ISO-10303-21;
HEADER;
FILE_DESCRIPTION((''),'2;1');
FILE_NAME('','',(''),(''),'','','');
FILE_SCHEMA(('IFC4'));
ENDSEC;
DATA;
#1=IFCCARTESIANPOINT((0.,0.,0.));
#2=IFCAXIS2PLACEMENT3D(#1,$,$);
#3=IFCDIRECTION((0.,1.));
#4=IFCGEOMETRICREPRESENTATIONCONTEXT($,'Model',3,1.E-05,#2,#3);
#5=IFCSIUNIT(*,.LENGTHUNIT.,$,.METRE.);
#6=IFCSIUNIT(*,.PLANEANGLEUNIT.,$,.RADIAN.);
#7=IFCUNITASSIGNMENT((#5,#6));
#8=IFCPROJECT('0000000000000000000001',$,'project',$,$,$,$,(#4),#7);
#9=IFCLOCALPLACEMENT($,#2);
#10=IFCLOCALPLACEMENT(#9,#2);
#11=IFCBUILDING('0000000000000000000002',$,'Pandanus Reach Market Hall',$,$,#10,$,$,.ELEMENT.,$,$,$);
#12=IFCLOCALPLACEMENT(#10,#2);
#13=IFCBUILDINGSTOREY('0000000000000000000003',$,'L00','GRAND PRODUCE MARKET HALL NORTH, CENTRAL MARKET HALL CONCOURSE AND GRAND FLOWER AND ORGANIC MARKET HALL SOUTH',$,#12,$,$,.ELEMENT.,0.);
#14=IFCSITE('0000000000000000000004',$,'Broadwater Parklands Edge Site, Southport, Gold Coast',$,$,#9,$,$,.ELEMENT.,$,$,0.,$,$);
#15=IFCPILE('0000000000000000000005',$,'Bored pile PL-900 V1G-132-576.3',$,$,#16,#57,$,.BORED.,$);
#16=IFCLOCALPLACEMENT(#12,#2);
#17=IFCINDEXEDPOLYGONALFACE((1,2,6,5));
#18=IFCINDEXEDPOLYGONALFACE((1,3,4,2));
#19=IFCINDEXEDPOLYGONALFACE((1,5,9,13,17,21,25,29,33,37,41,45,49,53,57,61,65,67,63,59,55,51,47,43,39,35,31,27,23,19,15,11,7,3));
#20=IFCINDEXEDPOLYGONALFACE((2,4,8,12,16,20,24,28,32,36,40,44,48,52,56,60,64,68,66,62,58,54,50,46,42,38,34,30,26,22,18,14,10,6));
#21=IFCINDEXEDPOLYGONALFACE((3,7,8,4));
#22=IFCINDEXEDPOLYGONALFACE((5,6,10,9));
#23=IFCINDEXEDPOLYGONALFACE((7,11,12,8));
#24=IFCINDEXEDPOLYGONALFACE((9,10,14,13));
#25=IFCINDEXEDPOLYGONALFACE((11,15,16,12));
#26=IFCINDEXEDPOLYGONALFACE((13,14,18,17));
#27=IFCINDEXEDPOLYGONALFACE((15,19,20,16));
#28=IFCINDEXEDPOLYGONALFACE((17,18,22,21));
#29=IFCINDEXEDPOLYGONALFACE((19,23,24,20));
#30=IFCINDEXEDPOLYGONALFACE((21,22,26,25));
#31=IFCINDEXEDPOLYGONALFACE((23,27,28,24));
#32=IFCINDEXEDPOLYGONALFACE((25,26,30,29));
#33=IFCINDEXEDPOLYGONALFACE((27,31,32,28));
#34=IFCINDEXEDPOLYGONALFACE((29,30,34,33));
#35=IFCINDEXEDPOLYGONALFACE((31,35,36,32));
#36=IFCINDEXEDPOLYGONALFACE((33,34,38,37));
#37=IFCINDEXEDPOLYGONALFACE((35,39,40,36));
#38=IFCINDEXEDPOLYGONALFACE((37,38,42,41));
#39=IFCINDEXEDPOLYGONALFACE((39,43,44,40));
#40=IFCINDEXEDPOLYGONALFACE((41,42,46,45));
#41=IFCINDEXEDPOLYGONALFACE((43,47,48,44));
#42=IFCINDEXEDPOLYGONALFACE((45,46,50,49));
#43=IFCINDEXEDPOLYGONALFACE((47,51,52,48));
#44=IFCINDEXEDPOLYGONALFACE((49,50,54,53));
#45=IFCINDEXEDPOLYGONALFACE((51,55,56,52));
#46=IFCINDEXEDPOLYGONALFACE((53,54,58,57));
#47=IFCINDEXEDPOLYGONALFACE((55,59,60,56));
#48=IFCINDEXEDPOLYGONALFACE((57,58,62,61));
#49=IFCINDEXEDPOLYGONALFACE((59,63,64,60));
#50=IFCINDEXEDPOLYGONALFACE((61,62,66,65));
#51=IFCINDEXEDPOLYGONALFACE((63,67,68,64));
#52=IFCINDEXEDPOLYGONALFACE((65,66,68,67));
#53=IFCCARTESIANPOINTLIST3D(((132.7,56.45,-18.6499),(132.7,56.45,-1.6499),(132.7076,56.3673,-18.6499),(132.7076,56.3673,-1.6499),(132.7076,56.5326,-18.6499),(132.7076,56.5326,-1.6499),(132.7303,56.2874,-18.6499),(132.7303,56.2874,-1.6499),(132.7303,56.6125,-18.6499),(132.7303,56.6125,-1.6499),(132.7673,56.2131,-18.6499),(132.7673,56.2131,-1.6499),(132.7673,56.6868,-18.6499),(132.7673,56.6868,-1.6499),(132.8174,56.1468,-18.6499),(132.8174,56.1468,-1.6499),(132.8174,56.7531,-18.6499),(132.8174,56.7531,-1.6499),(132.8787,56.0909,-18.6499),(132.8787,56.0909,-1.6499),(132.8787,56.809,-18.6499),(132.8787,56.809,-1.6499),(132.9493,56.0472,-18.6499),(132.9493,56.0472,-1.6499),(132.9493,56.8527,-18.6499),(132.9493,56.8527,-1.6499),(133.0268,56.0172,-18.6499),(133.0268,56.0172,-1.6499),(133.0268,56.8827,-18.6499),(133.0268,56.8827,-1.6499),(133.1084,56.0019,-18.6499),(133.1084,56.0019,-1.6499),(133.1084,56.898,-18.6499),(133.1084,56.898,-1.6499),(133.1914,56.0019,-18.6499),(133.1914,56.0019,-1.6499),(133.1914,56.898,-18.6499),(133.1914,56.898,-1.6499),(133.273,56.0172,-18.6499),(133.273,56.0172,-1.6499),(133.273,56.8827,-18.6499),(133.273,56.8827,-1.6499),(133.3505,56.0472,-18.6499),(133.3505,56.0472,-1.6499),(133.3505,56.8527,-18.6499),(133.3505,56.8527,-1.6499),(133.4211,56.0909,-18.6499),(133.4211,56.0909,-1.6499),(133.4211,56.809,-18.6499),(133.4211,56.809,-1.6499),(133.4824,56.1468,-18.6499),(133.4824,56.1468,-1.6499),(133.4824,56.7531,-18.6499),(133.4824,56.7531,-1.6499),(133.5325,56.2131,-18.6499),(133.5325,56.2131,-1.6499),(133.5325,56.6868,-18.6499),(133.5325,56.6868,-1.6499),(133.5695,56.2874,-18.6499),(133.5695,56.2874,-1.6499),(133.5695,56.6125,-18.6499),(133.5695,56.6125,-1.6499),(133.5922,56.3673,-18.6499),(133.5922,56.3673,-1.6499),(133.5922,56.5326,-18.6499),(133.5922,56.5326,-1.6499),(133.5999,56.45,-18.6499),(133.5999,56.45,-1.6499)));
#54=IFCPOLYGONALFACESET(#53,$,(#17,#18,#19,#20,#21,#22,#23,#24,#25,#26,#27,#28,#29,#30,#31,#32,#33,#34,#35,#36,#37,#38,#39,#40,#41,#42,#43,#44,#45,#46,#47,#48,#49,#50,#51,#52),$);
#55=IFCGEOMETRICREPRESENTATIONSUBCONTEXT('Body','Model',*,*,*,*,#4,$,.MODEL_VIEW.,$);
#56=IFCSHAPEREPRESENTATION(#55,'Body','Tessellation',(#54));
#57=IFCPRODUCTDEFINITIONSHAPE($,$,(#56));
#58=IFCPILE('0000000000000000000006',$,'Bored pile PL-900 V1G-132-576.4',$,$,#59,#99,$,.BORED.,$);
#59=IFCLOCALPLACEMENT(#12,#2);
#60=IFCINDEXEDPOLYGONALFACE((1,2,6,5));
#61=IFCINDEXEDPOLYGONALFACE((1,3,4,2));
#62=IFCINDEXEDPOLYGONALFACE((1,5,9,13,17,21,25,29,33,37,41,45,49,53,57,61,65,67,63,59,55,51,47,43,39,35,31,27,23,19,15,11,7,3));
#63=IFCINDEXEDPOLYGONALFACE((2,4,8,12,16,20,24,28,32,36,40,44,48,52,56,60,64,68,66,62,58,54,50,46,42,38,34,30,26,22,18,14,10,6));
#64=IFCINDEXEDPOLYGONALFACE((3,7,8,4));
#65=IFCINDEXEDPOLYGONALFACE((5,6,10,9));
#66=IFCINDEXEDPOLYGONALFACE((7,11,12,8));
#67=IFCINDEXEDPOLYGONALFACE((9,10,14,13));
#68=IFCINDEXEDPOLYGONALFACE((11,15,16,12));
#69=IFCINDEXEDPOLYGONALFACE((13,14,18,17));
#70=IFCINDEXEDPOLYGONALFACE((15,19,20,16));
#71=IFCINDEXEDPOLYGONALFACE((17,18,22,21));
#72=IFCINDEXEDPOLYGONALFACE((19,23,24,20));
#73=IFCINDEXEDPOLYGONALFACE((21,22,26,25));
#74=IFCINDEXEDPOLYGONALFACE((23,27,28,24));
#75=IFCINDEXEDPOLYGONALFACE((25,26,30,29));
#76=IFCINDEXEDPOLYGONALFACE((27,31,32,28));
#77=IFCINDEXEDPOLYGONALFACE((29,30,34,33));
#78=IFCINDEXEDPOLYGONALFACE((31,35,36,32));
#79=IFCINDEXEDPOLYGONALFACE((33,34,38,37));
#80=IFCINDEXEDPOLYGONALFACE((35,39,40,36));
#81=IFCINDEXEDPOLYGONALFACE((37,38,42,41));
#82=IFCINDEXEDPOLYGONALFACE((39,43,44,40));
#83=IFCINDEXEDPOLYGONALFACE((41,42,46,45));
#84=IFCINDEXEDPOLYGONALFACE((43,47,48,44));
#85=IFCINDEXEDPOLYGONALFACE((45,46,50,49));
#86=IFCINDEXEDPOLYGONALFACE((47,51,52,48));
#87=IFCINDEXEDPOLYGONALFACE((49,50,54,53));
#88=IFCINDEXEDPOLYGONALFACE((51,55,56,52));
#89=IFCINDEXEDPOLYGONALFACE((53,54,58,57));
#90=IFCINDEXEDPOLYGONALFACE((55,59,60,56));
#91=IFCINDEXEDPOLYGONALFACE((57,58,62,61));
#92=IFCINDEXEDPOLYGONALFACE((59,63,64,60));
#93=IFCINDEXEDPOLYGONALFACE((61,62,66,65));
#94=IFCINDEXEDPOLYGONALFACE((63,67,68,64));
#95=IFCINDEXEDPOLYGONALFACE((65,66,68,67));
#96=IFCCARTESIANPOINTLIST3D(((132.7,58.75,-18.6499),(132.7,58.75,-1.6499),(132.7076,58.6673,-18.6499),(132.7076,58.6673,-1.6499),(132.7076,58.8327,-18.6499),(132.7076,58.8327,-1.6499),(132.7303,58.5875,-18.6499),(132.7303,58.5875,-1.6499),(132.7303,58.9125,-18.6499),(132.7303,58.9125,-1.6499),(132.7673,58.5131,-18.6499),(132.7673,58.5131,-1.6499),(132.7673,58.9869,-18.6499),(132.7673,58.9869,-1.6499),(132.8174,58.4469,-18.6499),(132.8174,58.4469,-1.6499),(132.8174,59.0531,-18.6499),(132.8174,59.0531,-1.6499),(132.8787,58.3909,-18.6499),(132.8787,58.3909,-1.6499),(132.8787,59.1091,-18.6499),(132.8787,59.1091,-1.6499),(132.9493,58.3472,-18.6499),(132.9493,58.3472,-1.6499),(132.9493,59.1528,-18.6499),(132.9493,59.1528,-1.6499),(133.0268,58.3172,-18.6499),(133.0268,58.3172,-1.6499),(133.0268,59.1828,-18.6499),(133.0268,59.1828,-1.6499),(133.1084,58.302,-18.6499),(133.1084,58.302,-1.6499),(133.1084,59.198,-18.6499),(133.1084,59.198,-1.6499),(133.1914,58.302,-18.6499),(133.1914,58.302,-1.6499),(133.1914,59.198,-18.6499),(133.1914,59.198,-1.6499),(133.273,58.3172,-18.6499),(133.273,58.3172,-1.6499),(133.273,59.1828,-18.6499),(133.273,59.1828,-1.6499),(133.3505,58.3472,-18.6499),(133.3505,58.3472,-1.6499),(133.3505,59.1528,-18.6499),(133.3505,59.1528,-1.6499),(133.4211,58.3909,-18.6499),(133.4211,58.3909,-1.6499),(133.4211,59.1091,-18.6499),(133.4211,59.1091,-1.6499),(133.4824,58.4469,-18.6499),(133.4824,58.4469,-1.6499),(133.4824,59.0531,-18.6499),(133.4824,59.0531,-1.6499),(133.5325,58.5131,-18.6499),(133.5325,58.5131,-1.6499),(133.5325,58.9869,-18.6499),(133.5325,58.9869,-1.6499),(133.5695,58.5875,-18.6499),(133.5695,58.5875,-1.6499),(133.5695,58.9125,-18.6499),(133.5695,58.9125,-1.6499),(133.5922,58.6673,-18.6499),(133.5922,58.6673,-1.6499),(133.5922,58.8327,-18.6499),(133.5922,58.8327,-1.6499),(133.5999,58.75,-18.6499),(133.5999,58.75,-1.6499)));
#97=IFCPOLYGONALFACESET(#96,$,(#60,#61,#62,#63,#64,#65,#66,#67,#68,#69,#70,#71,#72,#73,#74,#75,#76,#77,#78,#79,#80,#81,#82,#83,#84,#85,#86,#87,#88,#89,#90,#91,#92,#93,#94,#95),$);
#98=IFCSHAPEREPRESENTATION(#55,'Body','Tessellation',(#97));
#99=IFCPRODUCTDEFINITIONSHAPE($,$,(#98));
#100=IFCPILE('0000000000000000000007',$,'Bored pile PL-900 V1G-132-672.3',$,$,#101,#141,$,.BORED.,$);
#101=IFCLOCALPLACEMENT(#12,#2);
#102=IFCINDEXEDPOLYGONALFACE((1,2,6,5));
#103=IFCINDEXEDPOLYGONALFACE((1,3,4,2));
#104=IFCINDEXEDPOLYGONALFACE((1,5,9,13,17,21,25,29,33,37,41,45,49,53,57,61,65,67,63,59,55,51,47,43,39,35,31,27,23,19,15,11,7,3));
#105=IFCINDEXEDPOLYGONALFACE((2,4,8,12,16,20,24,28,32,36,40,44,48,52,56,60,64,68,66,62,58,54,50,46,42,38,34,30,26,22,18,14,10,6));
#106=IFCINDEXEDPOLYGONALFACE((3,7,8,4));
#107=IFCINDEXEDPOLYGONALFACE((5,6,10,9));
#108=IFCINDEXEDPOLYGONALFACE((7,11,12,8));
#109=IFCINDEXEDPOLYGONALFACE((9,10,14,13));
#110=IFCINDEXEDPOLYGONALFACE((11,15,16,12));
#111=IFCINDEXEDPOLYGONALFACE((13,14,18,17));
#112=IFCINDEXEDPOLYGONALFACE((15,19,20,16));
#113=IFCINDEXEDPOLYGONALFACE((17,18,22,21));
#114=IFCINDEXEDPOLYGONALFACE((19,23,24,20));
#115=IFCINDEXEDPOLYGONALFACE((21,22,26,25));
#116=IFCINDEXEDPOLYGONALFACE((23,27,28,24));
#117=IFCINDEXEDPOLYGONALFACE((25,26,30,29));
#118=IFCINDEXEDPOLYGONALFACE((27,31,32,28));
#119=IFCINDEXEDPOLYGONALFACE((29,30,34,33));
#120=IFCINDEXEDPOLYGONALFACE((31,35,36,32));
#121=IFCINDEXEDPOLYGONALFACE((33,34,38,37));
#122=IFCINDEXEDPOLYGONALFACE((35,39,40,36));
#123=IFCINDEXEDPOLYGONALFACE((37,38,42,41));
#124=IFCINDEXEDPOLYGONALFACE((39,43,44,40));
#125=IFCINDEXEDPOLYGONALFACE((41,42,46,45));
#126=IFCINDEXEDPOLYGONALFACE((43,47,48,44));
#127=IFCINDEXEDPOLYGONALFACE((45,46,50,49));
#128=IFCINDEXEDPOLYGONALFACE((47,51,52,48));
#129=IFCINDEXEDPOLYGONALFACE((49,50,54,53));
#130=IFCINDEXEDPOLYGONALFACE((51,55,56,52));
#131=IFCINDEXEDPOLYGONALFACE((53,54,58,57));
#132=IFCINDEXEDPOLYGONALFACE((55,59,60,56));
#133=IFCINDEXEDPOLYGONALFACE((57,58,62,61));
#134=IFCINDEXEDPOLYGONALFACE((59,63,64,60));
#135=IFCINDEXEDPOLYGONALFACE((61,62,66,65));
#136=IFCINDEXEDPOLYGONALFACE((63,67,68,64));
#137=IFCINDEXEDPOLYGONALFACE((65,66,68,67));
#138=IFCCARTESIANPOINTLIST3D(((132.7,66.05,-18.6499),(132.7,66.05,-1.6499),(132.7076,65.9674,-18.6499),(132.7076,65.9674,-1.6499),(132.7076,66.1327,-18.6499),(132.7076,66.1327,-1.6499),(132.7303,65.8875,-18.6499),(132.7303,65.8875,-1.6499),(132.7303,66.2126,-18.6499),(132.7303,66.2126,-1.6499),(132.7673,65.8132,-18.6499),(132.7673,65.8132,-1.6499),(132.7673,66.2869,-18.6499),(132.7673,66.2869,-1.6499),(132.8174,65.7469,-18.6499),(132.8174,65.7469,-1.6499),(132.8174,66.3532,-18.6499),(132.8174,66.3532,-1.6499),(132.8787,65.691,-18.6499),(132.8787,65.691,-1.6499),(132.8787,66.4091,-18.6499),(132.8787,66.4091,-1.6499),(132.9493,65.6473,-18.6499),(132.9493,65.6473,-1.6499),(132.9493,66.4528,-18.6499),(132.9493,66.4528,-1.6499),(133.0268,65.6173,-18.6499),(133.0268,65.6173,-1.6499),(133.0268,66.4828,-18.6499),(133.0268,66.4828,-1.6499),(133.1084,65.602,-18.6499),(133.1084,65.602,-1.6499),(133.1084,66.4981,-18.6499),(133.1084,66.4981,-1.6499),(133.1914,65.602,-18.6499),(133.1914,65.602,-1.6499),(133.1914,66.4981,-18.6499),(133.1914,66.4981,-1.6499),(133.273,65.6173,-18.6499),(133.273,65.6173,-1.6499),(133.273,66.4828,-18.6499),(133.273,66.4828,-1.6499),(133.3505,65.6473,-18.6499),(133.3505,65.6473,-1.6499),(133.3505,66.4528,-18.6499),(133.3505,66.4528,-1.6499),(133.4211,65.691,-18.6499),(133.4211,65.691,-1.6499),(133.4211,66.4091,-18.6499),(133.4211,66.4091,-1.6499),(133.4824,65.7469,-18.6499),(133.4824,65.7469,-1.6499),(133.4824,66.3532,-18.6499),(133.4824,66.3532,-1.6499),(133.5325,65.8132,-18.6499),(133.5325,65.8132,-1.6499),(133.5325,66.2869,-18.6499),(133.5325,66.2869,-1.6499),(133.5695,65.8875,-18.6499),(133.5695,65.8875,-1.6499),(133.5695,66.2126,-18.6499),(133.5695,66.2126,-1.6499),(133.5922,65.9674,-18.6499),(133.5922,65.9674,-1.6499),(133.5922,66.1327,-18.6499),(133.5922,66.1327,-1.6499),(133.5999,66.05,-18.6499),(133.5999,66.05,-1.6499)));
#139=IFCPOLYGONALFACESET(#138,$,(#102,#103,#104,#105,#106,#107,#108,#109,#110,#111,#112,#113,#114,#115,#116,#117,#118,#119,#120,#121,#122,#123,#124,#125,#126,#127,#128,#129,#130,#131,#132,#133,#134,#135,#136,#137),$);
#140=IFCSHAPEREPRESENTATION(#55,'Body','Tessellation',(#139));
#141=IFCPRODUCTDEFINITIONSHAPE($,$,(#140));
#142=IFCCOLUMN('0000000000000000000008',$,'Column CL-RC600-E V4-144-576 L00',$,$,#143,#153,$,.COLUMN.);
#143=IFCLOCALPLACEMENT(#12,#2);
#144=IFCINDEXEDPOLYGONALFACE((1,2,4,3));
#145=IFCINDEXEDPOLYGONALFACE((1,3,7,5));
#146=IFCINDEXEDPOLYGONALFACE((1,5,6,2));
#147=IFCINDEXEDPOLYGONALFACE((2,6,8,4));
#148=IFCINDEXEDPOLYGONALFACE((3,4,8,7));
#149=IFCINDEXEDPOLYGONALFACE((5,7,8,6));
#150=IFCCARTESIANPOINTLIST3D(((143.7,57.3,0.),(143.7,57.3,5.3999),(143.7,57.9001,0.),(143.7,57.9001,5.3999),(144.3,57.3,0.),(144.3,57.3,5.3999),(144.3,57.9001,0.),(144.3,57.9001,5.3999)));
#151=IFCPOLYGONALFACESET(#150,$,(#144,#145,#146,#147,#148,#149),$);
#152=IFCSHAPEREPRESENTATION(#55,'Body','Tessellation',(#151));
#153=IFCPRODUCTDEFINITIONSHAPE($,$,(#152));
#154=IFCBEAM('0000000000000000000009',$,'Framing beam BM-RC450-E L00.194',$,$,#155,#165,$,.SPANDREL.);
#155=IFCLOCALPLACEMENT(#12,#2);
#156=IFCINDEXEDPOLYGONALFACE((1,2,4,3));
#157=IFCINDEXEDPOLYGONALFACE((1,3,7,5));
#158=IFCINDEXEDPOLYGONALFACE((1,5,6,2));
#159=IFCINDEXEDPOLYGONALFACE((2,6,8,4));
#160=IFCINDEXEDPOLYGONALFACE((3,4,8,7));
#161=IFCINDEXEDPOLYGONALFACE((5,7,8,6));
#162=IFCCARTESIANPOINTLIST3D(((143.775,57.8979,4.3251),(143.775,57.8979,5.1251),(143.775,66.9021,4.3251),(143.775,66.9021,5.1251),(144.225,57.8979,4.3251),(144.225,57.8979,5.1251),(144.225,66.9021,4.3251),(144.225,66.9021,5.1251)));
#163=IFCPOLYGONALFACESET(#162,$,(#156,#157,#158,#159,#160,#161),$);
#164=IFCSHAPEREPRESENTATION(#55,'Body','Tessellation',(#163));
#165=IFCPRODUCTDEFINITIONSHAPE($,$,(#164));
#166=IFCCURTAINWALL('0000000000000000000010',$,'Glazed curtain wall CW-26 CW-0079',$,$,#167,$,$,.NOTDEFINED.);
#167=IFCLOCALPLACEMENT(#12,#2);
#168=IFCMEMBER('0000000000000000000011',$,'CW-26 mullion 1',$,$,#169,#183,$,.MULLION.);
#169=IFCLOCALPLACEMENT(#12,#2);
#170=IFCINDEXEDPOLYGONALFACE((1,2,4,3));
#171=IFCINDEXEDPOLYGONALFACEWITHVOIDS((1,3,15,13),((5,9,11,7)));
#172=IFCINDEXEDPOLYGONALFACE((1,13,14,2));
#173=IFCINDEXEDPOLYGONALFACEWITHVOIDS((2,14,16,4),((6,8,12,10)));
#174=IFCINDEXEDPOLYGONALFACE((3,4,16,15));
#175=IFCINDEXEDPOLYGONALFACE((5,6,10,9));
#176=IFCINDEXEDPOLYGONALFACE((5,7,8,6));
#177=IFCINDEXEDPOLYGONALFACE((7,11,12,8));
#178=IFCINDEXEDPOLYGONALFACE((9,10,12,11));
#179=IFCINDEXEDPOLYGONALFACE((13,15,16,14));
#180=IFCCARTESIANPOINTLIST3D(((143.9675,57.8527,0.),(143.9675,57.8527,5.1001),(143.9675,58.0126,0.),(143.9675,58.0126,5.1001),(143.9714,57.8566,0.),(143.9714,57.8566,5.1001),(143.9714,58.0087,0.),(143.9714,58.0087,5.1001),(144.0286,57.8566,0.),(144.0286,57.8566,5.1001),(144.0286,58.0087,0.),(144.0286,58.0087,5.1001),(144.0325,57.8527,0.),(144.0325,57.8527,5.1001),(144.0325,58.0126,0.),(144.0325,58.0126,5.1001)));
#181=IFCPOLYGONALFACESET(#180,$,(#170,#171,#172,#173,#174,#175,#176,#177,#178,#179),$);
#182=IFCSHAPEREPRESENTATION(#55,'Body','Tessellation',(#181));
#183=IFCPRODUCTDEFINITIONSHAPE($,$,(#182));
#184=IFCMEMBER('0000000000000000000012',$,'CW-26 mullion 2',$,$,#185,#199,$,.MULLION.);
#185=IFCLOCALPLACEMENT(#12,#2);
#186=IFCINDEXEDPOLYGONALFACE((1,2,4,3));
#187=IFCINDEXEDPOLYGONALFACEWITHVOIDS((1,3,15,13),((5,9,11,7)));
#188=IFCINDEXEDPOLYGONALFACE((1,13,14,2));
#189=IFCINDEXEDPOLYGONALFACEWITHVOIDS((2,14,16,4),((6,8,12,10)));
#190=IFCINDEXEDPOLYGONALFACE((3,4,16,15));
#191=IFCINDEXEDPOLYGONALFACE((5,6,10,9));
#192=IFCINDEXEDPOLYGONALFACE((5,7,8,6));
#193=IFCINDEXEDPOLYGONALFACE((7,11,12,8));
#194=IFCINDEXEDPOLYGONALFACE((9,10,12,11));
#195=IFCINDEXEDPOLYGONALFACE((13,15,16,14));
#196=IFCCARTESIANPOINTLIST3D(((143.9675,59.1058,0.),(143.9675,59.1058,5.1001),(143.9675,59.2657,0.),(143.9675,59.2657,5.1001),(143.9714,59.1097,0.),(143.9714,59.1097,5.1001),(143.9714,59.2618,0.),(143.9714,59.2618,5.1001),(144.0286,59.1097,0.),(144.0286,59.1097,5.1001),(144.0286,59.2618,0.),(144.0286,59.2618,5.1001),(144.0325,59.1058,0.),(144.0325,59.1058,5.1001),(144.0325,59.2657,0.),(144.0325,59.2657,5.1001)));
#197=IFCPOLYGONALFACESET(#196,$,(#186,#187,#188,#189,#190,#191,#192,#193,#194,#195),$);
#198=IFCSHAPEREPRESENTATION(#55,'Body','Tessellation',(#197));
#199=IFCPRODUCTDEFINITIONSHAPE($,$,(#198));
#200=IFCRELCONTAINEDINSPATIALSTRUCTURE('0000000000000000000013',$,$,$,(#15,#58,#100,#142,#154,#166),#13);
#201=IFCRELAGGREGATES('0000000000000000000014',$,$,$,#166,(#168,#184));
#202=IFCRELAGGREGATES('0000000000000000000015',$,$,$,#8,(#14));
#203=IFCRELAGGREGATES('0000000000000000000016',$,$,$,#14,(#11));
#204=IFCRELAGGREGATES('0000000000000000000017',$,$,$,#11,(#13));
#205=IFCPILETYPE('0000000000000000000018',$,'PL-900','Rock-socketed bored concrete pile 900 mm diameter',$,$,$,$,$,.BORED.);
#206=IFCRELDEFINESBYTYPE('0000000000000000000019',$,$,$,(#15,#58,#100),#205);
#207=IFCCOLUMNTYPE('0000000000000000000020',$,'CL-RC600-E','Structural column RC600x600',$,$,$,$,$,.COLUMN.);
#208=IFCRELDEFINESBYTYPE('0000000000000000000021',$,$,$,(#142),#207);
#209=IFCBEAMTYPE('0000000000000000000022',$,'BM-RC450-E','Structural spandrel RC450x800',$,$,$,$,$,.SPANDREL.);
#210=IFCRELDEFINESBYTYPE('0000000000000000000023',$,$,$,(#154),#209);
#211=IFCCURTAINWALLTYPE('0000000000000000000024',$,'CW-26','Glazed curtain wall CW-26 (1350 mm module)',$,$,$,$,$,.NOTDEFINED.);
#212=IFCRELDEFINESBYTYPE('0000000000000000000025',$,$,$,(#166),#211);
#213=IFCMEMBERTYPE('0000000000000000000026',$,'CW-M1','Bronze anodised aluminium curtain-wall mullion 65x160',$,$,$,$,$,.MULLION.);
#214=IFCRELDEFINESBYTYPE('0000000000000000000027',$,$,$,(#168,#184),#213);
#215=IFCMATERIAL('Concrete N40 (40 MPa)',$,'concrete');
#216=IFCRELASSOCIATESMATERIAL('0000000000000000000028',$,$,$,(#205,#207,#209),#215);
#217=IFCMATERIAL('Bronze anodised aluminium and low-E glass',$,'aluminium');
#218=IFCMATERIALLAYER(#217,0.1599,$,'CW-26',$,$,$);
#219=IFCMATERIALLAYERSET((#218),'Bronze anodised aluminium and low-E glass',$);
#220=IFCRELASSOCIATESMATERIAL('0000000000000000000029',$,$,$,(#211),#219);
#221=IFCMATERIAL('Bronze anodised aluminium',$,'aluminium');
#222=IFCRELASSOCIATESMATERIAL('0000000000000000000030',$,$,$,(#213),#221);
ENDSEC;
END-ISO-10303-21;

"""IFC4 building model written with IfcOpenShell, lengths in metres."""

from ifc_helpers import new_model, si_unit, direction, frame, origin, origin_2d, place, context, subcontext, project, spatial, rectangle, hollow_rectangle, circle, extrude, material, layer, layer_set, material_profile, profile_set, type_object, element, aggregate, save


model = new_model("IFC4")

# Units and contexts
model_context = context("Model", 3, precision=1e-05, world=origin(), true_north=direction((0.0, 1.0)))
body_context = subcontext(model_context, "Body", "Model", "MODEL_VIEW")
ifc_project = project(units=[si_unit("LENGTHUNIT", "METRE"), si_unit("PLANEANGLEUNIT", "RADIAN")], contexts=[model_context])

# Site, building, storey
site_placement = place(None, origin())
site = spatial("IfcSite", under=ifc_project, at=site_placement, Name="Broadwater Parklands Edge Site, Southport, Gold Coast", CompositionType="ELEMENT", RefElevation=0.0)
building_placement = place(site_placement, origin())
building = spatial("IfcBuilding", under=site, at=building_placement, Name="Pandanus Reach Market Hall", CompositionType="ELEMENT")
storey_placement = place(building_placement, origin())
storey = spatial("IfcBuildingStorey", under=building, at=storey_placement, Name="L00", Description="GRAND PRODUCE MARKET HALL NORTH, CENTRAL MARKET HALL CONCOURSE AND GRAND FLOWER AND ORGANIC MARKET HALL SOUTH", CompositionType="ELEMENT", Elevation=0.0)

# Piles
ifc_material_1 = material(Name="Concrete N40 (40 MPa)", Category="concrete")
ifc_material_profile_1 = material_profile(ifc_material_1, circle(Radius=0.45, at=origin_2d()), Name="PILE-900D", Category="LoadBearing")
ifc_profile_set_1 = profile_set([ifc_material_profile_1], Name="Concrete N40 (40 MPa)")
pile_type = type_object("IfcPileType", Name="PL-900", Description="Rock-socketed bored concrete pile 900 mm diameter", PredefinedType="BORED", material=ifc_profile_set_1)
for number, where, z_axis, x_axis, name in (
    (1, (133.1499, 56.45, -1.6499), (0.0, 0.0, -1.0), (1.0, 0.0, 0.0), "Bored pile PL-900 V1G-132-576.3"),
    (2, (133.1499, 58.75, -1.6499), (0.0, 0.0, -1.0), (1.0, 0.0, 0.0), "Bored pile PL-900 V1G-132-576.4"),
    (3, (133.1499, 66.05, -1.6499), (0.0, 0.0, -1.0), (1.0, 0.0, 0.0), "Bored pile PL-900 V1G-132-672.3"),
):
    element("IfcPile", number, at=place(storey_placement, frame(where, z_axis=z_axis, x_axis=x_axis)), inside=storey, type_object=pile_type, Name=name, PredefinedType="BORED", context=body_context, shape_type="SweptSolid", body=[
        extrude(circle(Radius=0.45, at=origin_2d()), origin(), (0.0, 0.0, 1.0), 17.0),
    ])

# Column
ifc_material_profile_2 = material_profile(ifc_material_1, rectangle(XDim=0.6001, YDim=0.6001, at=origin_2d()), Name="RC600x600", Category="LoadBearing")
ifc_profile_set_2 = profile_set([ifc_material_profile_2], Name="Concrete N40 (40 MPa)")
column_type = type_object("IfcColumnType", Name="CL-RC600-E", Description="Structural column RC600x600", PredefinedType="COLUMN", material=ifc_profile_set_2)
column_placement = place(storey_placement, frame((144.0, 57.6001, 0.0), z_axis=(0.0, 0.0, 1.0), x_axis=(1.0, 0.0, 0.0)))
element("IfcColumn", 4, at=column_placement, inside=storey, type_object=column_type, Name="Column CL-RC600-E V4-144-576 L00", PredefinedType="COLUMN", context=body_context, shape_type="SweptSolid", body=[
    extrude(rectangle(XDim=0.6001, YDim=0.6001, at=origin_2d()), origin(), (0.0, 0.0, 1.0), 5.3999),
])

# Beam
ifc_material_profile_3 = material_profile(ifc_material_1, rectangle(XDim=0.45, YDim=0.8, at=origin_2d()), Name="RC450x800", Category="LoadBearing")
ifc_profile_set_3 = profile_set([ifc_material_profile_3], Name="Concrete N40 (40 MPa)")
beam_type = type_object("IfcBeamType", Name="BM-RC450-E", Description="Structural spandrel RC450x800", PredefinedType="SPANDREL", material=ifc_profile_set_3)
beam_placement = place(storey_placement, frame((144.0, 57.8979, 4.7251), z_axis=(0.0, 1.0, 0.0), x_axis=(-1.0, 0.0, 0.0)))
element("IfcBeam", 5, at=beam_placement, inside=storey, type_object=beam_type, Name="Framing beam BM-RC450-E L00.194", PredefinedType="SPANDREL", context=body_context, shape_type="SweptSolid", body=[
    extrude(rectangle(XDim=0.45, YDim=0.8, at=origin_2d()), origin(), (0.0, 0.0, 1.0), 9.0042),
])

# Curtain wall, members
ifc_material_2 = material(Name="Bronze anodised aluminium and low-E glass", Category="aluminium")
ifc_layer_1 = layer(ifc_material_2, 0.1599, Name="CW-26")
ifc_layer_set_1 = layer_set([ifc_layer_1], Name="Bronze anodised aluminium and low-E glass")
curtain_wall_type = type_object("IfcCurtainWallType", Name="CW-26", Description="Glazed curtain wall CW-26 (1350 mm module)", PredefinedType="NOTDEFINED", material=ifc_layer_set_1)
curtain_wall_placement = place(storey_placement, origin())
curtain_wall = element("IfcCurtainWall", 6, at=curtain_wall_placement, inside=storey, type_object=curtain_wall_type, Name="Glazed curtain wall CW-26 CW-0079", PredefinedType="NOTDEFINED")
ifc_material_3 = material(Name="Bronze anodised aluminium", Category="aluminium")
ifc_material_profile_4 = material_profile(ifc_material_3, hollow_rectangle(XDim=0.0649, YDim=0.1599, WallThickness=0.0039, at=origin_2d()), Name="ALU65x160", Category="LoadBearing")
ifc_profile_set_4 = profile_set([ifc_material_profile_4], Name="Bronze anodised aluminium")
member_type_1 = type_object("IfcMemberType", Name="CW-M1", Description="Bronze anodised aluminium curtain-wall mullion 65x160", PredefinedType="MULLION", material=ifc_profile_set_4)
member_1_placement = place(storey_placement, frame((144.0, 57.9326, 0.0), z_axis=(0.0, 0.0, 1.0), x_axis=(-1.0, 0.0, 0.0)))
member_1 = element("IfcMember", 7, at=member_1_placement, type_object=member_type_1, Name="CW-26 mullion 1", PredefinedType="MULLION", context=body_context, shape_type="SweptSolid", body=[
    extrude(hollow_rectangle(XDim=0.0649, YDim=0.1599, WallThickness=0.0039, at=origin_2d()), origin(), (0.0, 0.0, 1.0), 5.1001),
])
member_2_placement = place(storey_placement, frame((144.0, 59.1858, 0.0), z_axis=(0.0, 0.0, 1.0), x_axis=(-1.0, 0.0, 0.0)))
member_2 = element("IfcMember", 8, at=member_2_placement, type_object=member_type_1, Name="CW-26 mullion 2", PredefinedType="MULLION", context=body_context, shape_type="SweptSolid", body=[
    extrude(hollow_rectangle(XDim=0.0649, YDim=0.1599, WallThickness=0.0039, at=origin_2d()), origin(), (0.0, 0.0, 1.0), 5.1001),
])
aggregate(curtain_wall, [member_1, member_2])

save(model, "model.ifc")
